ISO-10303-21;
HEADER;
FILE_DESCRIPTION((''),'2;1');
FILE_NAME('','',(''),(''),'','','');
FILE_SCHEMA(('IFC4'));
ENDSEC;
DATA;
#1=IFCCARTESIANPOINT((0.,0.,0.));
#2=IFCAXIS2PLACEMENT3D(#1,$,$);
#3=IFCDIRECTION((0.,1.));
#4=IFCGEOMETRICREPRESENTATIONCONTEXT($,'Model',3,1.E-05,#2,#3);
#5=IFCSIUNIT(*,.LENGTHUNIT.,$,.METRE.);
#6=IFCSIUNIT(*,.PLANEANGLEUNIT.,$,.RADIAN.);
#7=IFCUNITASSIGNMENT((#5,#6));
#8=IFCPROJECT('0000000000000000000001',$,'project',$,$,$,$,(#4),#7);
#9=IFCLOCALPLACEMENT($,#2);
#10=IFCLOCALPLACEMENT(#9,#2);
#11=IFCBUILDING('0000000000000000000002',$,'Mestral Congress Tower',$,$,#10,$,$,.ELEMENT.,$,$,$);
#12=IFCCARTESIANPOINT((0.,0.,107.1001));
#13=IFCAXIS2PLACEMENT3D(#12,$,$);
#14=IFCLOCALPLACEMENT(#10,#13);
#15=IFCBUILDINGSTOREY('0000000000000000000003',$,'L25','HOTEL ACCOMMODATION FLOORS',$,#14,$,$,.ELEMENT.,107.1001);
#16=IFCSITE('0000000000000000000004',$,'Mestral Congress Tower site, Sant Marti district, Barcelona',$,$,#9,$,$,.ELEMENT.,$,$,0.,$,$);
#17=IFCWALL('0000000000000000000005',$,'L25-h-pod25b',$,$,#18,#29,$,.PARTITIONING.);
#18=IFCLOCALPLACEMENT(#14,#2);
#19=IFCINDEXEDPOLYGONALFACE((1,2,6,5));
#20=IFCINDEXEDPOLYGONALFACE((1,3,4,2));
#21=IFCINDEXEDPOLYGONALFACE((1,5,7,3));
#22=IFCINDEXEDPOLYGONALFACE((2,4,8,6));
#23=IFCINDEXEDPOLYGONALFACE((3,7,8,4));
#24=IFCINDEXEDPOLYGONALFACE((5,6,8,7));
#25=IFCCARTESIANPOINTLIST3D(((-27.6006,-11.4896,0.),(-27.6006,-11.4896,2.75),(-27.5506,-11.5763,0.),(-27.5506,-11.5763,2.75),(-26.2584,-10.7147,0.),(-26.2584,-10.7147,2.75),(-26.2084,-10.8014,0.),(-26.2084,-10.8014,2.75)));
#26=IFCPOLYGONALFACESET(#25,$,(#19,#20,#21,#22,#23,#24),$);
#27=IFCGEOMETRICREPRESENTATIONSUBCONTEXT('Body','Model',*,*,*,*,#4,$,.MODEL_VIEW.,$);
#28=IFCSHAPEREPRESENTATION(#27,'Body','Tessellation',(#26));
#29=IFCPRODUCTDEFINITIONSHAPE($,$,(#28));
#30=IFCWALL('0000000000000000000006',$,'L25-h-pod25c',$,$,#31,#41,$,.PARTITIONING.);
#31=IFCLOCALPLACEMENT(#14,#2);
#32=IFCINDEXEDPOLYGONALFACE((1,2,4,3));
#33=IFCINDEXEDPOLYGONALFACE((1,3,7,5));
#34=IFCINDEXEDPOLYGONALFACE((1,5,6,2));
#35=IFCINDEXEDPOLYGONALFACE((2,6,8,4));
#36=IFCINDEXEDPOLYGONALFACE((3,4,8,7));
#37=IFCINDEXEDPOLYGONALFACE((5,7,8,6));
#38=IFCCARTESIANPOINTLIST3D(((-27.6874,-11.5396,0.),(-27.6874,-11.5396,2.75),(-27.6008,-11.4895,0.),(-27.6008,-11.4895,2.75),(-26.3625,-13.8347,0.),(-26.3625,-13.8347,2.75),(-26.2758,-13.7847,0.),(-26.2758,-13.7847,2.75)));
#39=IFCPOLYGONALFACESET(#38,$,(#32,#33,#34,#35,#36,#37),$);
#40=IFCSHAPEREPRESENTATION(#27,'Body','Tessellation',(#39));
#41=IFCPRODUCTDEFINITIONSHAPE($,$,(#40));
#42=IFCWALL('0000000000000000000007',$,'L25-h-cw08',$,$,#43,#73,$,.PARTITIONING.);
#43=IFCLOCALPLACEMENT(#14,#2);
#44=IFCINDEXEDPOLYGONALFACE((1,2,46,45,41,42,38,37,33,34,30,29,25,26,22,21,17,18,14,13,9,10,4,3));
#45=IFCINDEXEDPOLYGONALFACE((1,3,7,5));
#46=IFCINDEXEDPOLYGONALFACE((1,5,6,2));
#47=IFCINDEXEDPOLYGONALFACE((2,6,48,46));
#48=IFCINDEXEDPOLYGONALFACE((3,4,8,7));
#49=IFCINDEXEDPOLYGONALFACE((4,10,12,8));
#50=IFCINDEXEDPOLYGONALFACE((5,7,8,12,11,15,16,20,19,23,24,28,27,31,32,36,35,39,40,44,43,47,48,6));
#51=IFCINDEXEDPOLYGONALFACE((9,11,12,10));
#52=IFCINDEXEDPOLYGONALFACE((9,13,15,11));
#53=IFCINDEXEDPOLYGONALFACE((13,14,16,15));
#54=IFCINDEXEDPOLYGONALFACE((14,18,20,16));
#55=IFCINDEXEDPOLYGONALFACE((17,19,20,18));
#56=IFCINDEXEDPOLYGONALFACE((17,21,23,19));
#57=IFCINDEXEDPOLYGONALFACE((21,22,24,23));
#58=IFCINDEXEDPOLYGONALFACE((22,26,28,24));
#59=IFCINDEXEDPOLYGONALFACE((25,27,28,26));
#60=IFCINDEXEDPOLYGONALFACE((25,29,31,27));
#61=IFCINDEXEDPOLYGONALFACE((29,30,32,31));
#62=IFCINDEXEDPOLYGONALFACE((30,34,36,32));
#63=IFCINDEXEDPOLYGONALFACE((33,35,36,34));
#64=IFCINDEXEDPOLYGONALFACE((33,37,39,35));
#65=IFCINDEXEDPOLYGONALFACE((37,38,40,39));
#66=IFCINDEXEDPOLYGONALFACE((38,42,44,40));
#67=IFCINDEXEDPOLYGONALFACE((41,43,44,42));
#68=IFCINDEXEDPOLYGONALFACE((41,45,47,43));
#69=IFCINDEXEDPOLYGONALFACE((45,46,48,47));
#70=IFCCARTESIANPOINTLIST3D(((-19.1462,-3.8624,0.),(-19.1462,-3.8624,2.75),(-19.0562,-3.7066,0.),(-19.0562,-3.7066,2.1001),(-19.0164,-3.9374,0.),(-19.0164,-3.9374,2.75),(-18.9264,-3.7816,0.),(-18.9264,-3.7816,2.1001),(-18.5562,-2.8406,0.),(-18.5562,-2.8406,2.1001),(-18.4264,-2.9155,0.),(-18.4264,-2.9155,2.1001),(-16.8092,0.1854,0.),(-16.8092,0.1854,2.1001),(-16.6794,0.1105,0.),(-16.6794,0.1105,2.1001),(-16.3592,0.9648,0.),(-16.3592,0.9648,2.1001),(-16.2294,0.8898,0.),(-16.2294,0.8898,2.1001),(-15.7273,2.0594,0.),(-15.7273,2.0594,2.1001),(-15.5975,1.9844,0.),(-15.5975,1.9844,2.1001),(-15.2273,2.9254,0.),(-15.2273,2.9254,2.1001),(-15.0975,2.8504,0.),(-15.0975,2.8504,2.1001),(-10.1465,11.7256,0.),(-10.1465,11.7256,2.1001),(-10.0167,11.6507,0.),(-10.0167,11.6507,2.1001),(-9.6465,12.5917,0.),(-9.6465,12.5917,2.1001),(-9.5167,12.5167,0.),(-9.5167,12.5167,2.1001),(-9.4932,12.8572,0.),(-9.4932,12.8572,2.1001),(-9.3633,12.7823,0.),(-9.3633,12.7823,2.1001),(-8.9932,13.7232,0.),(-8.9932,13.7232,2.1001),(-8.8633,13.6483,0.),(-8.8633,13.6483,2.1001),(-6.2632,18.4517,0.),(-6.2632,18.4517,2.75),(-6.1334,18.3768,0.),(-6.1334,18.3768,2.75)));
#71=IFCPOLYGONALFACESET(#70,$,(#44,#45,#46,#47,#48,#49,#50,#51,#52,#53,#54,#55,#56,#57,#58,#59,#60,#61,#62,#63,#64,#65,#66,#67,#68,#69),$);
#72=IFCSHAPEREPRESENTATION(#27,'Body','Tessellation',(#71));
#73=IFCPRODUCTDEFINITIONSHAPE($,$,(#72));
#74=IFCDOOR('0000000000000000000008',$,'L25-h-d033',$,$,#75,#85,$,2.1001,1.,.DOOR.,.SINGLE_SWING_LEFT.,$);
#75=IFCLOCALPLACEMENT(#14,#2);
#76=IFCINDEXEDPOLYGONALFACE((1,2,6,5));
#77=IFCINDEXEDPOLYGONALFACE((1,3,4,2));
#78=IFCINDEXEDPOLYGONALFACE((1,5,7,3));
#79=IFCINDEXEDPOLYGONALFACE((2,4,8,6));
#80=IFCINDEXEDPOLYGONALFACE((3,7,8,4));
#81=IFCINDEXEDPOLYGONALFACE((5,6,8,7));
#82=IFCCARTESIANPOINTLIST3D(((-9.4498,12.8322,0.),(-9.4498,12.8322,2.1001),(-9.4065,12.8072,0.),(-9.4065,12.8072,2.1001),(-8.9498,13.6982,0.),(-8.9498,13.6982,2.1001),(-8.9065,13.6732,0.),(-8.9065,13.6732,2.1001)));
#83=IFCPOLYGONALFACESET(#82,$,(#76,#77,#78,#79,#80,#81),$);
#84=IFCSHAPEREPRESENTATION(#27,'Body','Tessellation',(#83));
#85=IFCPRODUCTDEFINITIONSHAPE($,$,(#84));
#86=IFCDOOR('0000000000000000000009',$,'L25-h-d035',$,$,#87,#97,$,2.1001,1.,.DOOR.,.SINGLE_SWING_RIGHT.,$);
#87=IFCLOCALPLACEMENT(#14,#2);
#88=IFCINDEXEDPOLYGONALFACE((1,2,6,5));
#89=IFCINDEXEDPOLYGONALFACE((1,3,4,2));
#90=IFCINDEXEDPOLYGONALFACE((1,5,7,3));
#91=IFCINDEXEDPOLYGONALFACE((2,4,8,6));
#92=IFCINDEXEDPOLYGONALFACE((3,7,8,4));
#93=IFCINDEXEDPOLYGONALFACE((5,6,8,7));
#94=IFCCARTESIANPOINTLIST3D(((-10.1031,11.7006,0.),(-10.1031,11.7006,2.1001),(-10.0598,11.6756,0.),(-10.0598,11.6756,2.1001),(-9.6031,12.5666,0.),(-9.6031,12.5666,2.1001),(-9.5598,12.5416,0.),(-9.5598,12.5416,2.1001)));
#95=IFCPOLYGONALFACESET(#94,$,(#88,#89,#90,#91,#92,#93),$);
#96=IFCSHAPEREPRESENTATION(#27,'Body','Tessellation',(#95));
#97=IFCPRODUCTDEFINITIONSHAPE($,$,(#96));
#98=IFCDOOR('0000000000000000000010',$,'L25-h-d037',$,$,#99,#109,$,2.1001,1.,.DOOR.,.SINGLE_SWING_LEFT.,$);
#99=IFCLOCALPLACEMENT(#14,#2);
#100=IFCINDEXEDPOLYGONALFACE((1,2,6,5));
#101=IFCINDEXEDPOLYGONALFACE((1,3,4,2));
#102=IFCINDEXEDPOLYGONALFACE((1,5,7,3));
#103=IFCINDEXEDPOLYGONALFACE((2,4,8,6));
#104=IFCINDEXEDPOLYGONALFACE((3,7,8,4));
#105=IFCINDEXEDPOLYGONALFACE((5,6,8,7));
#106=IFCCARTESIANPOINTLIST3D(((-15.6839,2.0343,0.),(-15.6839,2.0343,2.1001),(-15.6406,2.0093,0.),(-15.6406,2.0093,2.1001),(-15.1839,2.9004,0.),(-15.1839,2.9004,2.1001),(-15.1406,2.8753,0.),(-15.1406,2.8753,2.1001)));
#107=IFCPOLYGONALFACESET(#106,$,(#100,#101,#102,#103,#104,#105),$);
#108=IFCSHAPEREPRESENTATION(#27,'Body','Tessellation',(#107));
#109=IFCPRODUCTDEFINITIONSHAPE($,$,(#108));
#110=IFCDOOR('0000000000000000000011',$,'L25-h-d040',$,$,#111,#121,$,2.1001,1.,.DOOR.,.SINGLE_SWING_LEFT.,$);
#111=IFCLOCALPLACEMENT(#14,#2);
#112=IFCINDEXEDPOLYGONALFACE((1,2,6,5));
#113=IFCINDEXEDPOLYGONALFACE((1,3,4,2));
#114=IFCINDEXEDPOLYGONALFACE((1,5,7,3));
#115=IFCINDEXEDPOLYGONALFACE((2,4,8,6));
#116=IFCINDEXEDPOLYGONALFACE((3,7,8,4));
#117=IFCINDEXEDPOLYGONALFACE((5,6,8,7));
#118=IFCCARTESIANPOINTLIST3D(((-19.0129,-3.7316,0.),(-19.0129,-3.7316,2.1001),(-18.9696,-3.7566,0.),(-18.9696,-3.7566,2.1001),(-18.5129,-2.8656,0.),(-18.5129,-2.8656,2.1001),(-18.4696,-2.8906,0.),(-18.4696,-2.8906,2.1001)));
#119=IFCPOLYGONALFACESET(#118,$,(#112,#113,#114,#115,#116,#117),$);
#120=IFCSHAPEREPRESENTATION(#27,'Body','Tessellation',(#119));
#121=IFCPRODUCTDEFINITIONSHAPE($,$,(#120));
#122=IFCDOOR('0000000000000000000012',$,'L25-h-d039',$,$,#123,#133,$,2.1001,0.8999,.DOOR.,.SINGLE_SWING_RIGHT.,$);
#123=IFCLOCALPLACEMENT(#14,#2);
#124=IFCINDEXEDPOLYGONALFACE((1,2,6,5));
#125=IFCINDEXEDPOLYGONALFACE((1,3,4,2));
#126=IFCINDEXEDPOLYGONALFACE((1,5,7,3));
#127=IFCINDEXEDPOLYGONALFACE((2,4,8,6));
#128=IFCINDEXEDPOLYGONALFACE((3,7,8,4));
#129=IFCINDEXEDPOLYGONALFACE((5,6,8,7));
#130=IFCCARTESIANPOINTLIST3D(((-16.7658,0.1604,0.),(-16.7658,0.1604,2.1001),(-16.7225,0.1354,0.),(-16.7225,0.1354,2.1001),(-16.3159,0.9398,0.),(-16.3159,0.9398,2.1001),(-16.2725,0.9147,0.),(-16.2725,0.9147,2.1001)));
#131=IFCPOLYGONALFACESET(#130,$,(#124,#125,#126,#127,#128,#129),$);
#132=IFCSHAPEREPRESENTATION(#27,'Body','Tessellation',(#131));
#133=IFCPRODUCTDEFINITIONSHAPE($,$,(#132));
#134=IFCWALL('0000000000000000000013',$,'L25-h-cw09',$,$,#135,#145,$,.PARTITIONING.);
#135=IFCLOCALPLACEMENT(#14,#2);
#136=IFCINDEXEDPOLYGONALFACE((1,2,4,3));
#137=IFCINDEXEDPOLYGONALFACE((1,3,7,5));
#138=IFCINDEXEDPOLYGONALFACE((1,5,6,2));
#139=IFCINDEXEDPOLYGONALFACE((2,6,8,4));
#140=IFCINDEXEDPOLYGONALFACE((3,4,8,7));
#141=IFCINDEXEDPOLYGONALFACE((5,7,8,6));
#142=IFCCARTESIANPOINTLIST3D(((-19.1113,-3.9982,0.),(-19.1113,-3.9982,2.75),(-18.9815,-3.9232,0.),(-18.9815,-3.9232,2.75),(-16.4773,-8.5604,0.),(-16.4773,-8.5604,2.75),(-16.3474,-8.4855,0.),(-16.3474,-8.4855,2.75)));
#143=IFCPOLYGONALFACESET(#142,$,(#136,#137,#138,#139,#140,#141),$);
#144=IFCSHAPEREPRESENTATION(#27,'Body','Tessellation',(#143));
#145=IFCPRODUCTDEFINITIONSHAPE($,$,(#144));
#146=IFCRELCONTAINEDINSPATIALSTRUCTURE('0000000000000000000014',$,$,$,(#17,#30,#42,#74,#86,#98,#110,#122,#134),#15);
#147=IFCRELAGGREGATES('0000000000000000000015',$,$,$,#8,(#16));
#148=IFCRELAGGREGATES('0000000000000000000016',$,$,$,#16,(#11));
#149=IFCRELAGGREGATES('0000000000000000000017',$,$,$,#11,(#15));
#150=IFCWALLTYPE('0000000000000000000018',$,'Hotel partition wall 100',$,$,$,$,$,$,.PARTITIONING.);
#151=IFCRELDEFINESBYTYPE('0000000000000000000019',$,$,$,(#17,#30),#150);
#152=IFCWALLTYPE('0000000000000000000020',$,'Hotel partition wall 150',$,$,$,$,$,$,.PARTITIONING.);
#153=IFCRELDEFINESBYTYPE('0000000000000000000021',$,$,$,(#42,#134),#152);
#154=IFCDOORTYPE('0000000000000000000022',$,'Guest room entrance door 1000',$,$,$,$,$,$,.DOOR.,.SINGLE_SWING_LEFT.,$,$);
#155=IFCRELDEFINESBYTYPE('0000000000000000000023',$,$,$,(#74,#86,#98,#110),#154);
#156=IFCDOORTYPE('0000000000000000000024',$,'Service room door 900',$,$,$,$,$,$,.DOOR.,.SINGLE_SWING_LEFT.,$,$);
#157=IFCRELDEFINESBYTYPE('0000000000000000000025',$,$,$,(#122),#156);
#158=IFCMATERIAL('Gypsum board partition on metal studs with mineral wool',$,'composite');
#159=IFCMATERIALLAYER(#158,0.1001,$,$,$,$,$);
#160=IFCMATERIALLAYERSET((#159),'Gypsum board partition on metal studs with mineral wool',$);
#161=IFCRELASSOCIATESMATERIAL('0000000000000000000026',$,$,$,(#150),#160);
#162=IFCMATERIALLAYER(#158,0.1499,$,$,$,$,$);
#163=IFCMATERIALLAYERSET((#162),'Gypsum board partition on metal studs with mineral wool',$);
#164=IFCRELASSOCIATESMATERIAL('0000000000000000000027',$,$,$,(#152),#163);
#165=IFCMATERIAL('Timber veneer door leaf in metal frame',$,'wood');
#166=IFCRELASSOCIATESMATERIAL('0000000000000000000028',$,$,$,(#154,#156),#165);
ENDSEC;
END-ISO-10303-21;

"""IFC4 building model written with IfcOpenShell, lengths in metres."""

from ifc_helpers import new_model, si_unit, direction, frame, frame_2d, origin, place, context, subcontext, project, spatial, rectangle, extrude, material, layer, layer_set, type_object, element, fill, save


model = new_model("IFC4")

# Units and contexts
model_context = context("Model", 3, precision=1e-05, world=origin(), true_north=direction((0.0, 1.0)))
body_context = subcontext(model_context, "Body", "Model", "MODEL_VIEW")
ifc_project = project(units=[si_unit("LENGTHUNIT", "METRE"), si_unit("PLANEANGLEUNIT", "RADIAN")], contexts=[model_context])

# Site, building, storey
site_placement = place(None, origin())
site = spatial("IfcSite", under=ifc_project, at=site_placement, Name="Mestral Congress Tower site, Sant Marti district, Barcelona", CompositionType="ELEMENT", RefElevation=0.0)
building_placement = place(site_placement, origin())
building = spatial("IfcBuilding", under=site, at=building_placement, Name="Mestral Congress Tower", CompositionType="ELEMENT")
storey_placement = place(building_placement, frame((0.0, 0.0, 107.1001)))
storey = spatial("IfcBuildingStorey", under=building, at=storey_placement, Name="L25", Description="HOTEL ACCOMMODATION FLOORS", CompositionType="ELEMENT", Elevation=107.1001)

# Shared definitions
ifc_material_1 = material(Name="Gypsum board partition on metal studs with mineral wool", Category="composite")
ifc_layer_1 = layer(ifc_material_1, 0.1001)
ifc_layer_set_1 = layer_set([ifc_layer_1], Name="Gypsum board partition on metal studs with mineral wool")
wall_type_1 = type_object("IfcWallType", Name="Hotel partition wall 100", PredefinedType="PARTITIONING", material=ifc_layer_set_1)

# Walls
wall_1_placement = place(storey_placement, frame((-26.2334, -10.7581, 0.0), z_axis=(0.0, 0.0, 1.0), x_axis=(-0.866044, -0.499968, 0.0)))
element("IfcWall", 1, at=wall_1_placement, inside=storey, type_object=wall_type_1, Name="L25-h-pod25b", PredefinedType="PARTITIONING", context=body_context, shape_type="SweptSolid", body=[
    extrude(rectangle(XDim=1.5498, YDim=0.1001, at=frame_2d((0.7749, 0.0))), origin(), (0.0, 0.0, 1.0), 2.75),
])
wall_2_placement = place(storey_placement, frame((-26.3191, -13.8098, 0.0), z_axis=(0.0, 0.0, 1.0), x_axis=(-0.499954, 0.866052, 0.0)))
element("IfcWall", 2, at=wall_2_placement, inside=storey, type_object=wall_type_1, Name="L25-h-pod25c", PredefinedType="PARTITIONING", context=body_context, shape_type="SweptSolid", body=[
    extrude(rectangle(XDim=2.6501, YDim=0.1001, at=frame_2d((1.3252, 0.0))), origin(), (0.0, 0.0, 1.0), 2.75),
])

# Wall, openings, doors
ifc_layer_2 = layer(ifc_material_1, 0.1499)
ifc_layer_set_2 = layer_set([ifc_layer_2], Name="Gypsum board partition on metal studs with mineral wool")
wall_type_2 = type_object("IfcWallType", Name="Hotel partition wall 150", PredefinedType="PARTITIONING", material=ifc_layer_set_2)
wall_3_placement = place(storey_placement, frame((-19.0813, -3.8999, 0.0), z_axis=(0.0, 0.0, 1.0), x_axis=(0.499998, 0.866026, 0.0)))
wall_3 = element("IfcWall", 3, at=wall_3_placement, inside=storey, type_object=wall_type_2, Name="L25-h-cw08", PredefinedType="PARTITIONING", context=body_context, shape_type="SweptSolid", body=[
    extrude(rectangle(XDim=25.7661, YDim=0.1499, at=frame_2d((12.8831, 0.0))), origin(), (0.0, 0.0, 1.0), 2.75),
])
opening_1_placement = place(wall_3_placement, frame((19.3062, 0.0, 0.0)))
opening_1 = element("IfcOpeningElement", 4, at=opening_1_placement, cuts=wall_3, PredefinedType="OPENING", context=body_context, shape_type="SweptSolid", body=[
    extrude(rectangle(XDim=1.0, YDim=2.1001, at=frame_2d((0.5, 1.05))), frame((0.0, 0.085, 0.0), z_axis=(0.0, -1.0, 0.0), x_axis=(1.0, 0.0, 0.0)), (0.0, 0.0, 1.0), 0.1699),
])
opening_2_placement = place(wall_3_placement, frame((17.9995, 0.0, 0.0)))
opening_2 = element("IfcOpeningElement", 5, at=opening_2_placement, cuts=wall_3, PredefinedType="OPENING", context=body_context, shape_type="SweptSolid", body=[
    extrude(rectangle(XDim=1.0, YDim=2.1001, at=frame_2d((0.5, 1.05))), frame((0.0, 0.085, 0.0), z_axis=(0.0, -1.0, 0.0), x_axis=(1.0, 0.0, 0.0)), (0.0, 0.0, 1.0), 0.1699),
])
opening_3_placement = place(wall_3_placement, frame((6.8379, 0.0, 0.0)))
opening_3 = element("IfcOpeningElement", 6, at=opening_3_placement, cuts=wall_3, PredefinedType="OPENING", context=body_context, shape_type="SweptSolid", body=[
    extrude(rectangle(XDim=1.0, YDim=2.1001, at=frame_2d((0.5, 1.05))), frame((0.0, 0.085, 0.0), z_axis=(0.0, -1.0, 0.0), x_axis=(1.0, 0.0, 0.0)), (0.0, 0.0, 1.0), 0.1699),
])
opening_4_placement = place(wall_3_placement, frame((4.6741, 0.0, 0.0)))
opening_4 = element("IfcOpeningElement", 7, at=opening_4_placement, cuts=wall_3, PredefinedType="OPENING", context=body_context, shape_type="SweptSolid", body=[
    extrude(rectangle(XDim=0.8999, YDim=2.1001, at=frame_2d((0.45, 1.05))), frame((0.0, 0.085, 0.0), z_axis=(0.0, -1.0, 0.0), x_axis=(1.0, 0.0, 0.0)), (0.0, 0.0, 1.0), 0.1699),
])
opening_5_placement = place(wall_3_placement, frame((0.1799, 0.0, 0.0)))
opening_5 = element("IfcOpeningElement", 8, at=opening_5_placement, cuts=wall_3, PredefinedType="OPENING", context=body_context, shape_type="SweptSolid", body=[
    extrude(rectangle(XDim=1.0, YDim=2.1001, at=frame_2d((0.5, 1.05))), frame((0.0, 0.085, 0.0), z_axis=(0.0, -1.0, 0.0), x_axis=(1.0, 0.0, 0.0)), (0.0, 0.0, 1.0), 0.1699),
])
ifc_material_2 = material(Name="Timber veneer door leaf in metal frame", Category="wood")
door_type_1 = type_object("IfcDoorType", Name="Guest room entrance door 1000", OperationType="SINGLE_SWING_LEFT", PredefinedType="DOOR", material=ifc_material_2)
door_1_placement = place(opening_1_placement, origin())
door_1 = element("IfcDoor", 9, at=door_1_placement, inside=storey, type_object=door_type_1, Name="L25-h-d033", OperationType="SINGLE_SWING_LEFT", OverallHeight=2.1001, OverallWidth=1.0, PredefinedType="DOOR", context=body_context, shape_type="SweptSolid", body=[
    extrude(rectangle(XDim=1.0, YDim=2.1001, at=frame_2d((0.5, 1.05))), frame((0.0, 0.0249, 0.0), z_axis=(0.0, -1.0, 0.0), x_axis=(1.0, 0.0, 0.0)), (0.0, 0.0, 1.0), 0.05),
])
fill(opening_1, door_1)
door_2_placement = place(opening_2_placement, origin())
door_2 = element("IfcDoor", 10, at=door_2_placement, inside=storey, type_object=door_type_1, Name="L25-h-d035", OperationType="SINGLE_SWING_RIGHT", OverallHeight=2.1001, OverallWidth=1.0, PredefinedType="DOOR", context=body_context, shape_type="SweptSolid", body=[
    extrude(rectangle(XDim=1.0, YDim=2.1001, at=frame_2d((0.5, 1.05))), frame((0.0, 0.0249, 0.0), z_axis=(0.0, -1.0, 0.0), x_axis=(1.0, 0.0, 0.0)), (0.0, 0.0, 1.0), 0.05),
])
fill(opening_2, door_2)
door_3_placement = place(opening_3_placement, origin())
door_3 = element("IfcDoor", 11, at=door_3_placement, inside=storey, type_object=door_type_1, Name="L25-h-d037", OperationType="SINGLE_SWING_LEFT", OverallHeight=2.1001, OverallWidth=1.0, PredefinedType="DOOR", context=body_context, shape_type="SweptSolid", body=[
    extrude(rectangle(XDim=1.0, YDim=2.1001, at=frame_2d((0.5, 1.05))), frame((0.0, 0.0249, 0.0), z_axis=(0.0, -1.0, 0.0), x_axis=(1.0, 0.0, 0.0)), (0.0, 0.0, 1.0), 0.05),
])
fill(opening_3, door_3)
door_4_placement = place(opening_5_placement, origin())
door_4 = element("IfcDoor", 12, at=door_4_placement, inside=storey, type_object=door_type_1, Name="L25-h-d040", OperationType="SINGLE_SWING_LEFT", OverallHeight=2.1001, OverallWidth=1.0, PredefinedType="DOOR", context=body_context, shape_type="SweptSolid", body=[
    extrude(rectangle(XDim=1.0, YDim=2.1001, at=frame_2d((0.5, 1.05))), frame((0.0, 0.0249, 0.0), z_axis=(0.0, -1.0, 0.0), x_axis=(1.0, 0.0, 0.0)), (0.0, 0.0, 1.0), 0.05),
])
fill(opening_5, door_4)
door_type_2 = type_object("IfcDoorType", Name="Service room door 900", OperationType="SINGLE_SWING_LEFT", PredefinedType="DOOR", material=ifc_material_2)
door_5_placement = place(opening_4_placement, origin())
door_5 = element("IfcDoor", 13, at=door_5_placement, inside=storey, type_object=door_type_2, Name="L25-h-d039", OperationType="SINGLE_SWING_RIGHT", OverallHeight=2.1001, OverallWidth=0.8999, PredefinedType="DOOR", context=body_context, shape_type="SweptSolid", body=[
    extrude(rectangle(XDim=0.8999, YDim=2.1001, at=frame_2d((0.45, 1.05))), frame((0.0, 0.0249, 0.0), z_axis=(0.0, -1.0, 0.0), x_axis=(1.0, 0.0, 0.0)), (0.0, 0.0, 1.0), 0.05),
])
fill(opening_4, door_5)

# Wall
wall_4_placement = place(storey_placement, frame((-16.4124, -8.5229, 0.0), z_axis=(0.0, 0.0, 1.0), x_axis=(-0.500002, 0.866024, 0.0)))
element("IfcWall", 14, at=wall_4_placement, inside=storey, type_object=wall_type_2, Name="L25-h-cw09", PredefinedType="PARTITIONING", context=body_context, shape_type="SweptSolid", body=[
    extrude(rectangle(XDim=5.2681, YDim=0.1499, at=frame_2d((2.634, 0.0))), origin(), (0.0, 0.0, 1.0), 2.75),
])

save(model, "model.ifc")
